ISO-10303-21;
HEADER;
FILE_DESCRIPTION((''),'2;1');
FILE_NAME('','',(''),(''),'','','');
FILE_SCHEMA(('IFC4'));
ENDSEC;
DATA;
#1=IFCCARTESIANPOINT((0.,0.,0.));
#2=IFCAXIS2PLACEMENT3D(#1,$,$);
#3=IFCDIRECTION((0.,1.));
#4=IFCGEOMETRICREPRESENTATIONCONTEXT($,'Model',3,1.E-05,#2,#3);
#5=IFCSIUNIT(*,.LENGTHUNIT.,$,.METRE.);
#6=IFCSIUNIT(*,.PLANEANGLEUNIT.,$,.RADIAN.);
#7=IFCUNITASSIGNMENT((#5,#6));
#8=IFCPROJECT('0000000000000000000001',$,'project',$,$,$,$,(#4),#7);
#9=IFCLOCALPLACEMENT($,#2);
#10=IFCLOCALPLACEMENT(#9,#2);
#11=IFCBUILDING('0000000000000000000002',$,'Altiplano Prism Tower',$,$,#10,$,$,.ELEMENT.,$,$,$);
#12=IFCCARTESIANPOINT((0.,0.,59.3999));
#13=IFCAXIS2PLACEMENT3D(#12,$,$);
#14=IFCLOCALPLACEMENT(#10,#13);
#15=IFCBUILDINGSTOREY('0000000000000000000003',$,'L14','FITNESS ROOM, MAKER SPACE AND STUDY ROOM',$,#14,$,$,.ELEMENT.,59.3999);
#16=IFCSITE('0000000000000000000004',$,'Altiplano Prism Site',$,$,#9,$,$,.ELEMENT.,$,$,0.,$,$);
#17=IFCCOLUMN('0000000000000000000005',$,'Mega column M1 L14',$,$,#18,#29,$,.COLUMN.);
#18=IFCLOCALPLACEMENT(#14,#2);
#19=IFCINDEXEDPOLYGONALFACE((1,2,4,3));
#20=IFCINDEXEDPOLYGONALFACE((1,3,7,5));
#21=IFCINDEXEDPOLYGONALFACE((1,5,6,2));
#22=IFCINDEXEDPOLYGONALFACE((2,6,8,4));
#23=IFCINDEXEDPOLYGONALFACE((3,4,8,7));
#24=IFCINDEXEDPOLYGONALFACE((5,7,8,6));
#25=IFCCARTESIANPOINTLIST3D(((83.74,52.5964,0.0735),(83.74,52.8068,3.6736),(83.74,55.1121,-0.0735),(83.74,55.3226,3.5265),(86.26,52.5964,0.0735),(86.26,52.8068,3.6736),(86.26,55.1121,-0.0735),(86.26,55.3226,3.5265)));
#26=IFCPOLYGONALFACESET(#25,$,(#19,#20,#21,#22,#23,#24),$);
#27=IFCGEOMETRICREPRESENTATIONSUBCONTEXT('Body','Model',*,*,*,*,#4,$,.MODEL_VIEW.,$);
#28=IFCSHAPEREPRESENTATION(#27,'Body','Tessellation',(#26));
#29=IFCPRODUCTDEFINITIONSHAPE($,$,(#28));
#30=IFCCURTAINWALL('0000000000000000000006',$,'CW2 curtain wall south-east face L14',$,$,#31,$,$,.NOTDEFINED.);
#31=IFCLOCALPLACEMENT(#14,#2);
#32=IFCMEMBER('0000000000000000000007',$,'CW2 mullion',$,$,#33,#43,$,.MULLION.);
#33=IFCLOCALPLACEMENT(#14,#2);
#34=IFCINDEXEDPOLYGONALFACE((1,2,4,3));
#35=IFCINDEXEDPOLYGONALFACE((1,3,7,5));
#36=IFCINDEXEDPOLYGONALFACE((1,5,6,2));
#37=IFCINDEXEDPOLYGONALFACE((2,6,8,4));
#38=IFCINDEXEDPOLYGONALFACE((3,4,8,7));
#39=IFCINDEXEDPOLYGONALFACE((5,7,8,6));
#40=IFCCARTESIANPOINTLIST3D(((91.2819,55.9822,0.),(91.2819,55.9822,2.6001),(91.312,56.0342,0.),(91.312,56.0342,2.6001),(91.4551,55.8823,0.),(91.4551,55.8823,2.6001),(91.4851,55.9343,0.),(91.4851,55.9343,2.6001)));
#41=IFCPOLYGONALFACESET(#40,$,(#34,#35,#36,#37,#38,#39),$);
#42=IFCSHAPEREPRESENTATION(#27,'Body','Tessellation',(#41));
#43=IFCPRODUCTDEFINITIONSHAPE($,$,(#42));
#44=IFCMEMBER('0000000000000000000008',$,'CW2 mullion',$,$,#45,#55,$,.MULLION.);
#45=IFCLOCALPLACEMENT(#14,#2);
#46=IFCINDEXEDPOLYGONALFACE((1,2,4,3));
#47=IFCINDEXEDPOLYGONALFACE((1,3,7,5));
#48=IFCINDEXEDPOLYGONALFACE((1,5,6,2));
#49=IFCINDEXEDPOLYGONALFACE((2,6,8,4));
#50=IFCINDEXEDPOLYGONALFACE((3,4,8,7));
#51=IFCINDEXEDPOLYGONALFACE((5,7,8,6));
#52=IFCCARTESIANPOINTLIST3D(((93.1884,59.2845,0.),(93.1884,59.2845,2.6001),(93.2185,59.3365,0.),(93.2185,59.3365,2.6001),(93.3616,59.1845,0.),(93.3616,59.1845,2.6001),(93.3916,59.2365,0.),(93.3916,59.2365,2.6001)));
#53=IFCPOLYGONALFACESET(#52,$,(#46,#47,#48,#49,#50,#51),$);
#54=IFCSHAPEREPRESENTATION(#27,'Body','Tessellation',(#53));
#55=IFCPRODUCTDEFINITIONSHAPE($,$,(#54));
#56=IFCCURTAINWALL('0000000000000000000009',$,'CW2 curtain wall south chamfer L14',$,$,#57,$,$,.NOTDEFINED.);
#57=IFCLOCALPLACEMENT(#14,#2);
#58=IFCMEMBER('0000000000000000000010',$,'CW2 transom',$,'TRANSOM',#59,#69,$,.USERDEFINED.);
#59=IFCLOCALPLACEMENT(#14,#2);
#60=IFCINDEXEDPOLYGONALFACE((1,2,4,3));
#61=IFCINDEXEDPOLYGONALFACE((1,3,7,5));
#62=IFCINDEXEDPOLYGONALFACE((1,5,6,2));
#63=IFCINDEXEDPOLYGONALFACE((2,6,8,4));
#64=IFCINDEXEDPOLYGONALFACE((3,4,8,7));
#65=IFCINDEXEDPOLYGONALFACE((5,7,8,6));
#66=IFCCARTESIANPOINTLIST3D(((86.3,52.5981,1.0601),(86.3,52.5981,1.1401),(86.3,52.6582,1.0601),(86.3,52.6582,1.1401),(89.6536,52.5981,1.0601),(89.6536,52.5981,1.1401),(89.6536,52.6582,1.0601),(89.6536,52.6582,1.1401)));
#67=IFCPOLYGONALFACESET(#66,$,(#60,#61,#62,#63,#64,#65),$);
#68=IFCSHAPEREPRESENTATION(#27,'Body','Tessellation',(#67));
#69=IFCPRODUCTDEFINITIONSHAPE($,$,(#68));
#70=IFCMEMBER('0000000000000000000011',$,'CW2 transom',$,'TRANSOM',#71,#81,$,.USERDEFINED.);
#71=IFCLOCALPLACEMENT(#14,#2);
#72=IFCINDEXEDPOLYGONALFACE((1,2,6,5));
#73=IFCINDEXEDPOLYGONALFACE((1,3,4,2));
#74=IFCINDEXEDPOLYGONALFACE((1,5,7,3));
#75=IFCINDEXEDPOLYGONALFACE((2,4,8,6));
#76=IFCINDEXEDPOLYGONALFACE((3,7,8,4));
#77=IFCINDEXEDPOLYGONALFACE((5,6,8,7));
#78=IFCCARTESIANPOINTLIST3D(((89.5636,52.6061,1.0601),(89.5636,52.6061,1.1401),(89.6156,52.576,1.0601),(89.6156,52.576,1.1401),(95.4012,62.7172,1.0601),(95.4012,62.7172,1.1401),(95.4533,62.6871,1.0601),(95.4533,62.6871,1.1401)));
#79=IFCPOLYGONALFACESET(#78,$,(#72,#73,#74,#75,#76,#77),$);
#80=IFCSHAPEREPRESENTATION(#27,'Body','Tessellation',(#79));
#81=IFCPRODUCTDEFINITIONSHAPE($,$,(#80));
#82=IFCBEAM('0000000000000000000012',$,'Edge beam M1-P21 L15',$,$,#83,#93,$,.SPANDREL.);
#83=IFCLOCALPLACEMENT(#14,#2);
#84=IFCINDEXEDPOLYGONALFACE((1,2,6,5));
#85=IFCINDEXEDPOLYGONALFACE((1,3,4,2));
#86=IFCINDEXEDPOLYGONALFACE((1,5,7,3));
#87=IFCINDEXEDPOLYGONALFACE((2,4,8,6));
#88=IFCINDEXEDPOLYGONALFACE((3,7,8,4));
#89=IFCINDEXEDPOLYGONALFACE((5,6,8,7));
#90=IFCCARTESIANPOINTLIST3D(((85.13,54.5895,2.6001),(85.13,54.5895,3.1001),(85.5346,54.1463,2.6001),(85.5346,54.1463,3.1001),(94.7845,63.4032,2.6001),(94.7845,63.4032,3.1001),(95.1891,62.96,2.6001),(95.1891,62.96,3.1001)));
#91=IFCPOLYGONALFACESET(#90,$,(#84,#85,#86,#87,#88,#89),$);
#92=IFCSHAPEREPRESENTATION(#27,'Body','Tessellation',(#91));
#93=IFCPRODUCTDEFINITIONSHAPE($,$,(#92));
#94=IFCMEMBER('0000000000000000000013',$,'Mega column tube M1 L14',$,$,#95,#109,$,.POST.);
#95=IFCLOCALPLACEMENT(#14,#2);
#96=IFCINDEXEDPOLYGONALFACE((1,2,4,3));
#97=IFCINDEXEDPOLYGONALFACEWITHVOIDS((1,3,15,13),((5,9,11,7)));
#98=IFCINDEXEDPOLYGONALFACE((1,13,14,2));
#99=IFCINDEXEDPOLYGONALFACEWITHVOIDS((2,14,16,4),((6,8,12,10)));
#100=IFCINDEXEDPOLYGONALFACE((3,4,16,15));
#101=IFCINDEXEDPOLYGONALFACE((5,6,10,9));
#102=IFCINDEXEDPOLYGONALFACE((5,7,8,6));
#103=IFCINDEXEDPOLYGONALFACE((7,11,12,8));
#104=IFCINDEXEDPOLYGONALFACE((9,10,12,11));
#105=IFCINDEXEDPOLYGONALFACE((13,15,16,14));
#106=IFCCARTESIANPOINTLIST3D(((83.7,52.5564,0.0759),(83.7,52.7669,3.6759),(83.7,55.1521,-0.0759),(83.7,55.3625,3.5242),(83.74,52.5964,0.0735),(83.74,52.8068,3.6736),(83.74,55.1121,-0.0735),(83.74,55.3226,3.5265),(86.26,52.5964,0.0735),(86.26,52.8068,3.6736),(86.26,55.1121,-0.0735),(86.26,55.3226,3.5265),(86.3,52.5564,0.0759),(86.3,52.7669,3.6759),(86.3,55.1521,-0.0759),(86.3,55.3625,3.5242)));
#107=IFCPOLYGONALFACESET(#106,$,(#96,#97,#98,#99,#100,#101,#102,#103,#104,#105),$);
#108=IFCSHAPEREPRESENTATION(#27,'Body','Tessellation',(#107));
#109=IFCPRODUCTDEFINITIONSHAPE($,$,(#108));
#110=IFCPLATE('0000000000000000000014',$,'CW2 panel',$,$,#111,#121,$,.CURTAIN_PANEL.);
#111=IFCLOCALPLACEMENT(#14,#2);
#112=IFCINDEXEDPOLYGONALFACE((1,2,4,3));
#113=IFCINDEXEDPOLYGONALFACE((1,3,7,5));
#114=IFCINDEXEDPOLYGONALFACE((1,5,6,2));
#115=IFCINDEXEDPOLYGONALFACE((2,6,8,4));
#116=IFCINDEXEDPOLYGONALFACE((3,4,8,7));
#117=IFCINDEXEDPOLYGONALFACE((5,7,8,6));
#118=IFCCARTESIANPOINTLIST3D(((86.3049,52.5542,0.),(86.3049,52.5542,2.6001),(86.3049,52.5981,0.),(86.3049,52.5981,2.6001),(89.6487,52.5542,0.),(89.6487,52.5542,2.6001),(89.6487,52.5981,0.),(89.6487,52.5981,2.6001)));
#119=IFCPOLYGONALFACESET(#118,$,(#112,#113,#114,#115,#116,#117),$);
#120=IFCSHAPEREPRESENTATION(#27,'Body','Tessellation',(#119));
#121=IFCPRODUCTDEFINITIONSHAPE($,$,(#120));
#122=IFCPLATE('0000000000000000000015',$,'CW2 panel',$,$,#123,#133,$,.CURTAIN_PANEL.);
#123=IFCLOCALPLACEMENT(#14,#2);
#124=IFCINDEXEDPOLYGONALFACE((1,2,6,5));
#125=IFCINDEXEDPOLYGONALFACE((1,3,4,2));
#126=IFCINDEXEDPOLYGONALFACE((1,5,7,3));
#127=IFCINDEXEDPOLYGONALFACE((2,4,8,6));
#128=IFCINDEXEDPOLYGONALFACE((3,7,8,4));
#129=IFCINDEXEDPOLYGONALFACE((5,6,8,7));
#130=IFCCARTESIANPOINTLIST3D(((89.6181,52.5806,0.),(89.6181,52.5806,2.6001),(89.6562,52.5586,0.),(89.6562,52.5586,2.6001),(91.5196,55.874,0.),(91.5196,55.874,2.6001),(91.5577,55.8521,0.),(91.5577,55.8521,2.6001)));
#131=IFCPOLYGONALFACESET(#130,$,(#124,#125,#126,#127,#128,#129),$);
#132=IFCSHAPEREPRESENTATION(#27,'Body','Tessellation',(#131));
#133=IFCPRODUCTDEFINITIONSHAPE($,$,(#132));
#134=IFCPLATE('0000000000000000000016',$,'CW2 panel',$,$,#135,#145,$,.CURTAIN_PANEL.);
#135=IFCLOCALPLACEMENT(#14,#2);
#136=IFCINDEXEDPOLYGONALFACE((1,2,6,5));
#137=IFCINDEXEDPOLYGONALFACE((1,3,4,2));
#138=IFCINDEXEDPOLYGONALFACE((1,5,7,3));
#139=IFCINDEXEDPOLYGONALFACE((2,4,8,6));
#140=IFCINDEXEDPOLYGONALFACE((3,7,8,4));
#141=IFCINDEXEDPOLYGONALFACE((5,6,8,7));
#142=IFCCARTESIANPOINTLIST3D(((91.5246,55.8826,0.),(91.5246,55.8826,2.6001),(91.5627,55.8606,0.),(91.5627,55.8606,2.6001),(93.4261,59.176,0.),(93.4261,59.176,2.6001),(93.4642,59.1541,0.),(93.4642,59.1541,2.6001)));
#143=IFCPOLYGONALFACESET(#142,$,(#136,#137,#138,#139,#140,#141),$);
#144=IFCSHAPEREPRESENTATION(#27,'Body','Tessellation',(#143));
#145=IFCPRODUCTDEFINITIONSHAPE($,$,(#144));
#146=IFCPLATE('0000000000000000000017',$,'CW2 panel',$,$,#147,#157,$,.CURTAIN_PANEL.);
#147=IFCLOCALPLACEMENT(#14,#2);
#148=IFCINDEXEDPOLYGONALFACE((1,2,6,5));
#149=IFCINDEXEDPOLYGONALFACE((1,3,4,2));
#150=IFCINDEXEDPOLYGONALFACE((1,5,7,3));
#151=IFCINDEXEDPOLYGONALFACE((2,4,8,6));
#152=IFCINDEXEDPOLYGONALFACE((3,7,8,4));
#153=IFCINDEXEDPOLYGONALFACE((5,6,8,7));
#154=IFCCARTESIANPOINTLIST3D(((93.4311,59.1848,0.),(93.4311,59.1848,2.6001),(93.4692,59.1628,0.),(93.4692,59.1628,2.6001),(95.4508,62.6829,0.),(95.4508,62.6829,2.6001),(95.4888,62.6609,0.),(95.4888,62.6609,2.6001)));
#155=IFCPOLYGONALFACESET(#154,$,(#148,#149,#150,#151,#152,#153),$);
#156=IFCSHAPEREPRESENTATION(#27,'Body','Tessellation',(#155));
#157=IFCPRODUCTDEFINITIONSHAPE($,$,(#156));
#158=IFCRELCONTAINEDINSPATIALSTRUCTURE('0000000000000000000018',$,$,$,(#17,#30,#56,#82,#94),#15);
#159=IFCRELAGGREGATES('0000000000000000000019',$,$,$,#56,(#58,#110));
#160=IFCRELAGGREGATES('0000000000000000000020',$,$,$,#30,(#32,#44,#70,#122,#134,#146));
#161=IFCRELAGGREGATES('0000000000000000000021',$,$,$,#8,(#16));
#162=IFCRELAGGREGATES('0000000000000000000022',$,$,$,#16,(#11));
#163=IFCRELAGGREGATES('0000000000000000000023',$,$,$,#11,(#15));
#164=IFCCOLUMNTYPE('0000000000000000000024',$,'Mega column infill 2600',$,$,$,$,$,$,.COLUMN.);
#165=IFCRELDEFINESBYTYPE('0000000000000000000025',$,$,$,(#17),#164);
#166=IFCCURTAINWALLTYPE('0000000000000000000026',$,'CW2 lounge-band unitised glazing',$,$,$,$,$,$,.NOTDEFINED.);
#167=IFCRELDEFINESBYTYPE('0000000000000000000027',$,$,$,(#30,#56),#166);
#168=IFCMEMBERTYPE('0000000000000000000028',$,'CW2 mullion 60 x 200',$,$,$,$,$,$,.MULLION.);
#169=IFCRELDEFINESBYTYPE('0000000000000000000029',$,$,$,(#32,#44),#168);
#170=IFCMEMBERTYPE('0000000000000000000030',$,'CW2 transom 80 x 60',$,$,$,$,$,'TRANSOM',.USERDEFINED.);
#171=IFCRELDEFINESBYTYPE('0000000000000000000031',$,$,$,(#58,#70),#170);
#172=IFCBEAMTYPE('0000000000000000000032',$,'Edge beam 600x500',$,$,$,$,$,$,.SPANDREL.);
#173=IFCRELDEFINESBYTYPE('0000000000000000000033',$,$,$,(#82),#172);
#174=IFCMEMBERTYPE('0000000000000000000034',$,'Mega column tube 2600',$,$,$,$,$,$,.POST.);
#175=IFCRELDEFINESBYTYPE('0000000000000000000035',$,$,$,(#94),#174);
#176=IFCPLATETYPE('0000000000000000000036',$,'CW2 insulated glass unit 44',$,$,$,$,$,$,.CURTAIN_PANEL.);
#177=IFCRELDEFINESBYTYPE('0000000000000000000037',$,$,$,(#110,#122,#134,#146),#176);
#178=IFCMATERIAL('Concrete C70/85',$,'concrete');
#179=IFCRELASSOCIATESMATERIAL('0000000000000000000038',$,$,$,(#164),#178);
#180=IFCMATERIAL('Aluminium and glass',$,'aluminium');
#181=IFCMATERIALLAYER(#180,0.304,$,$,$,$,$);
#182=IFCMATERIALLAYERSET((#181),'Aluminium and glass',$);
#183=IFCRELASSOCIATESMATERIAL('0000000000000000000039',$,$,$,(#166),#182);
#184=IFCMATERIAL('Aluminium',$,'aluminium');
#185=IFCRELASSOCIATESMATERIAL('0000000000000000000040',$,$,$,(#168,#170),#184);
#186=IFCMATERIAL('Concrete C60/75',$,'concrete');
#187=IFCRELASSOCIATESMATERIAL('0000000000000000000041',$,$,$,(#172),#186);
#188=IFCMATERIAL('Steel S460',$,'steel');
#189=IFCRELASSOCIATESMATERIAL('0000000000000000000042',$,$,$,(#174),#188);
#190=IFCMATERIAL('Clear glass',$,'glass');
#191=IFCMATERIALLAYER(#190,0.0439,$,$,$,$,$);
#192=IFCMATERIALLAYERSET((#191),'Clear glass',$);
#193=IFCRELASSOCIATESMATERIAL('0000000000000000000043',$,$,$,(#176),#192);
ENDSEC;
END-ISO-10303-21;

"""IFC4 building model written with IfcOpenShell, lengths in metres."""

from ifc_helpers import new_model, si_unit, direction, frame, origin, origin_2d, place, context, subcontext, project, spatial, rectangle, hollow_rectangle, extrude, material, layer, layer_set, material_profile, profile_set, type_object, element, aggregate, save


model = new_model("IFC4")

# Units and contexts
model_context = context("Model", 3, precision=1e-05, world=origin(), true_north=direction((0.0, 1.0)))
body_context = subcontext(model_context, "Body", "Model", "MODEL_VIEW")
ifc_project = project(units=[si_unit("LENGTHUNIT", "METRE"), si_unit("PLANEANGLEUNIT", "RADIAN")], contexts=[model_context])

# Site, building, storey
site_placement = place(None, origin())
site = spatial("IfcSite", under=ifc_project, at=site_placement, Name="Altiplano Prism Site", CompositionType="ELEMENT", RefElevation=0.0)
building_placement = place(site_placement, origin())
building = spatial("IfcBuilding", under=site, at=building_placement, Name="Altiplano Prism Tower", CompositionType="ELEMENT")
storey_placement = place(building_placement, frame((0.0, 0.0, 59.3999)))
storey = spatial("IfcBuildingStorey", under=building, at=storey_placement, Name="L14", Description="FITNESS ROOM, MAKER SPACE AND STUDY ROOM", CompositionType="ELEMENT", Elevation=59.3999)

# Column
ifc_material_1 = material(Name="Concrete C70/85", Category="concrete")
ifc_material_profile_1 = material_profile(ifc_material_1, rectangle(XDim=2.52, YDim=2.52, at=origin_2d()), Name="Mega column infill 2600")
ifc_profile_set_1 = profile_set([ifc_material_profile_1], Name="Concrete C70/85")
column_type = type_object("IfcColumnType", Name="Mega column infill 2600", PredefinedType="COLUMN", material=ifc_profile_set_1)
column_placement = place(storey_placement, frame((85.0, 53.8542, 0.0), z_axis=(0.0, 0.058357, 0.998296), x_axis=(-1.0, 0.0, 0.0)))
element("IfcColumn", 1, at=column_placement, inside=storey, type_object=column_type, Name="Mega column M1 L14", PredefinedType="COLUMN", context=body_context, shape_type="SweptSolid", body=[
    extrude(rectangle(XDim=2.52, YDim=2.52, at=origin_2d()), origin(), (0.0, 0.0, 1.0), 3.6062),
])

# Curtain wall, members
ifc_material_2 = material(Name="Aluminium and glass", Category="aluminium")
ifc_layer_1 = layer(ifc_material_2, 0.304)
ifc_layer_set_1 = layer_set([ifc_layer_1], Name="Aluminium and glass")
curtain_wall_type = type_object("IfcCurtainWallType", Name="CW2 lounge-band unitised glazing", PredefinedType="NOTDEFINED", material=ifc_layer_set_1)
curtain_wall_1_placement = place(storey_placement, origin())
curtain_wall_1 = element("IfcCurtainWall", 2, at=curtain_wall_1_placement, inside=storey, type_object=curtain_wall_type, Name="CW2 curtain wall south-east face L14", PredefinedType="NOTDEFINED")
ifc_material_3 = material(Name="Aluminium", Category="aluminium")
ifc_material_profile_2 = material_profile(ifc_material_3, rectangle(XDim=0.2, YDim=0.0601, at=origin_2d()), Name="CW2 mullion 60 x 200")
ifc_profile_set_2 = profile_set([ifc_material_profile_2], Name="Aluminium")
member_type_1 = type_object("IfcMemberType", Name="CW2 mullion 60 x 200", PredefinedType="MULLION", material=ifc_profile_set_2)
member_1_placement = place(storey_placement, frame((91.3835, 55.9583, 0.0), z_axis=(0.0, 0.0, 1.0), x_axis=(-0.866025, 0.5, 0.0)))
member_1 = element("IfcMember", 3, at=member_1_placement, type_object=member_type_1, Name="CW2 mullion", PredefinedType="MULLION", context=body_context, shape_type="SweptSolid", body=[
    extrude(rectangle(XDim=0.2, YDim=0.0601, at=origin_2d()), origin(), (0.0, 0.0, 1.0), 2.6001),
])
member_2_placement = place(storey_placement, frame((93.29, 59.2605, 0.0), z_axis=(0.0, 0.0, 1.0), x_axis=(-0.866025, 0.5, 0.0)))
member_2 = element("IfcMember", 4, at=member_2_placement, type_object=member_type_1, Name="CW2 mullion", PredefinedType="MULLION", context=body_context, shape_type="SweptSolid", body=[
    extrude(rectangle(XDim=0.2, YDim=0.0601, at=origin_2d()), origin(), (0.0, 0.0, 1.0), 2.6001),
])

# Curtain wall, member
curtain_wall_2_placement = place(storey_placement, origin())
curtain_wall_2 = element("IfcCurtainWall", 5, at=curtain_wall_2_placement, inside=storey, type_object=curtain_wall_type, Name="CW2 curtain wall south chamfer L14", PredefinedType="NOTDEFINED")
ifc_material_profile_3 = material_profile(ifc_material_3, rectangle(XDim=0.0601, YDim=0.0801, at=origin_2d()), Name="CW2 transom 80 x 60")
ifc_profile_set_3 = profile_set([ifc_material_profile_3], Name="Aluminium")
member_type_2 = type_object("IfcMemberType", Name="CW2 transom 80 x 60", ElementType="TRANSOM", PredefinedType="USERDEFINED", material=ifc_profile_set_3)
member_3_placement = place(storey_placement, frame((86.3, 52.6282, 1.1001), z_axis=(1.0, 0.0, 0.0), x_axis=(0.0, 1.0, 0.0)))
member_3 = element("IfcMember", 6, at=member_3_placement, type_object=member_type_2, Name="CW2 transom", ObjectType="TRANSOM", PredefinedType="USERDEFINED", context=body_context, shape_type="SweptSolid", body=[
    extrude(rectangle(XDim=0.0601, YDim=0.0801, at=origin_2d()), origin(), (0.0, 0.0, 1.0), 3.3535),
])

# Member
member_4_placement = place(storey_placement, frame((89.5896, 52.5911, 1.1001), z_axis=(0.500001, 0.866025, 0.0), x_axis=(-0.866025, 0.500001, 0.0)))
member_4 = element("IfcMember", 7, at=member_4_placement, type_object=member_type_2, Name="CW2 transom", ObjectType="TRANSOM", PredefinedType="USERDEFINED", context=body_context, shape_type="SweptSolid", body=[
    extrude(rectangle(XDim=0.0601, YDim=0.0801, at=origin_2d()), origin(), (0.0, 0.0, 1.0), 11.6753),
])

# Beam
ifc_material_4 = material(Name="Concrete C60/75", Category="concrete")
ifc_material_profile_4 = material_profile(ifc_material_4, rectangle(XDim=0.6001, YDim=0.5, at=origin_2d()), Name="Edge beam 600x500")
ifc_profile_set_4 = profile_set([ifc_material_profile_4], Name="Concrete C60/75")
beam_type = type_object("IfcBeamType", Name="Edge beam 600x500", PredefinedType="SPANDREL", material=ifc_profile_set_4)
beam_placement = place(storey_placement, frame((85.3323, 54.3679, 2.8501), z_axis=(0.738535, 0.674215, 0.0), x_axis=(-0.674215, 0.738535, 0.0)))
element("IfcBeam", 8, at=beam_placement, inside=storey, type_object=beam_type, Name="Edge beam M1-P21 L15", PredefinedType="SPANDREL", context=body_context, shape_type="SweptSolid", body=[
    extrude(rectangle(XDim=0.6001, YDim=0.5, at=origin_2d()), origin(), (0.0, 0.0, 1.0), 13.0725),
])

# Member
ifc_material_5 = material(Name="Steel S460", Category="steel")
ifc_material_profile_5 = material_profile(ifc_material_5, hollow_rectangle(XDim=2.6001, YDim=2.6001, WallThickness=0.04, at=origin_2d()), Name="Mega column tube 2600")
ifc_profile_set_5 = profile_set([ifc_material_profile_5], Name="Steel S460")
member_type_3 = type_object("IfcMemberType", Name="Mega column tube 2600", PredefinedType="POST", material=ifc_profile_set_5)
member_5_placement = place(storey_placement, frame((85.0, 53.8542, 0.0), z_axis=(0.0, 0.058357, 0.998296), x_axis=(-1.0, 0.0, 0.0)))
element("IfcMember", 9, at=member_5_placement, inside=storey, type_object=member_type_3, Name="Mega column tube M1 L14", PredefinedType="POST", context=body_context, shape_type="SweptSolid", body=[
    extrude(hollow_rectangle(XDim=2.6001, YDim=2.6001, WallThickness=0.04, at=origin_2d()), origin(), (0.0, 0.0, 1.0), 3.6062),
])

# Plates
ifc_material_6 = material(Name="Clear glass", Category="glass")
ifc_layer_2 = layer(ifc_material_6, 0.0439)
ifc_layer_set_2 = layer_set([ifc_layer_2], Name="Clear glass")
plate_type = type_object("IfcPlateType", Name="CW2 insulated glass unit 44", PredefinedType="CURTAIN_PANEL", material=ifc_layer_set_2)
plate_1_placement = place(storey_placement, frame((87.9768, 52.5762, 0.0), z_axis=(0.0, 0.0, 1.0), x_axis=(1.0, 0.0, 0.0)))
plate_1 = element("IfcPlate", 10, at=plate_1_placement, type_object=plate_type, Name="CW2 panel", PredefinedType="CURTAIN_PANEL", context=body_context, shape_type="SweptSolid", body=[
    extrude(rectangle(XDim=3.3438, YDim=0.0439, at=origin_2d()), origin(), (0.0, 0.0, 1.0), 2.6001),
])
aggregate(curtain_wall_2, [member_3, plate_1])
plate_2_placement = place(storey_placement, frame((90.5879, 54.2163, 0.0), z_axis=(0.0, 0.0, 1.0), x_axis=(0.5, 0.866025, 0.0)))
plate_2 = element("IfcPlate", 11, at=plate_2_placement, type_object=plate_type, Name="CW2 panel", PredefinedType="CURTAIN_PANEL", context=body_context, shape_type="SweptSolid", body=[
    extrude(rectangle(XDim=3.803, YDim=0.0439, at=origin_2d()), origin(), (0.0, 0.0, 1.0), 2.6001),
])
plate_3_placement = place(storey_placement, frame((92.4944, 57.5183, 0.0), z_axis=(0.0, 0.0, 1.0), x_axis=(0.5, 0.866025, 0.0)))
plate_3 = element("IfcPlate", 12, at=plate_3_placement, type_object=plate_type, Name="CW2 panel", PredefinedType="CURTAIN_PANEL", context=body_context, shape_type="SweptSolid", body=[
    extrude(rectangle(XDim=3.803, YDim=0.0439, at=origin_2d()), origin(), (0.0, 0.0, 1.0), 2.6001),
])
plate_4_placement = place(storey_placement, frame((94.46, 60.9229, 0.0), z_axis=(0.0, 0.0, 1.0), x_axis=(0.5, 0.866025, 0.0)))
plate_4 = element("IfcPlate", 13, at=plate_4_placement, type_object=plate_type, Name="CW2 panel", PredefinedType="CURTAIN_PANEL", context=body_context, shape_type="SweptSolid", body=[
    extrude(rectangle(XDim=4.0393, YDim=0.0439, at=origin_2d()), origin(), (0.0, 0.0, 1.0), 2.6001),
])
aggregate(curtain_wall_1, [member_1, member_2, member_4, plate_2, plate_3, plate_4])

save(model, "model.ifc")
